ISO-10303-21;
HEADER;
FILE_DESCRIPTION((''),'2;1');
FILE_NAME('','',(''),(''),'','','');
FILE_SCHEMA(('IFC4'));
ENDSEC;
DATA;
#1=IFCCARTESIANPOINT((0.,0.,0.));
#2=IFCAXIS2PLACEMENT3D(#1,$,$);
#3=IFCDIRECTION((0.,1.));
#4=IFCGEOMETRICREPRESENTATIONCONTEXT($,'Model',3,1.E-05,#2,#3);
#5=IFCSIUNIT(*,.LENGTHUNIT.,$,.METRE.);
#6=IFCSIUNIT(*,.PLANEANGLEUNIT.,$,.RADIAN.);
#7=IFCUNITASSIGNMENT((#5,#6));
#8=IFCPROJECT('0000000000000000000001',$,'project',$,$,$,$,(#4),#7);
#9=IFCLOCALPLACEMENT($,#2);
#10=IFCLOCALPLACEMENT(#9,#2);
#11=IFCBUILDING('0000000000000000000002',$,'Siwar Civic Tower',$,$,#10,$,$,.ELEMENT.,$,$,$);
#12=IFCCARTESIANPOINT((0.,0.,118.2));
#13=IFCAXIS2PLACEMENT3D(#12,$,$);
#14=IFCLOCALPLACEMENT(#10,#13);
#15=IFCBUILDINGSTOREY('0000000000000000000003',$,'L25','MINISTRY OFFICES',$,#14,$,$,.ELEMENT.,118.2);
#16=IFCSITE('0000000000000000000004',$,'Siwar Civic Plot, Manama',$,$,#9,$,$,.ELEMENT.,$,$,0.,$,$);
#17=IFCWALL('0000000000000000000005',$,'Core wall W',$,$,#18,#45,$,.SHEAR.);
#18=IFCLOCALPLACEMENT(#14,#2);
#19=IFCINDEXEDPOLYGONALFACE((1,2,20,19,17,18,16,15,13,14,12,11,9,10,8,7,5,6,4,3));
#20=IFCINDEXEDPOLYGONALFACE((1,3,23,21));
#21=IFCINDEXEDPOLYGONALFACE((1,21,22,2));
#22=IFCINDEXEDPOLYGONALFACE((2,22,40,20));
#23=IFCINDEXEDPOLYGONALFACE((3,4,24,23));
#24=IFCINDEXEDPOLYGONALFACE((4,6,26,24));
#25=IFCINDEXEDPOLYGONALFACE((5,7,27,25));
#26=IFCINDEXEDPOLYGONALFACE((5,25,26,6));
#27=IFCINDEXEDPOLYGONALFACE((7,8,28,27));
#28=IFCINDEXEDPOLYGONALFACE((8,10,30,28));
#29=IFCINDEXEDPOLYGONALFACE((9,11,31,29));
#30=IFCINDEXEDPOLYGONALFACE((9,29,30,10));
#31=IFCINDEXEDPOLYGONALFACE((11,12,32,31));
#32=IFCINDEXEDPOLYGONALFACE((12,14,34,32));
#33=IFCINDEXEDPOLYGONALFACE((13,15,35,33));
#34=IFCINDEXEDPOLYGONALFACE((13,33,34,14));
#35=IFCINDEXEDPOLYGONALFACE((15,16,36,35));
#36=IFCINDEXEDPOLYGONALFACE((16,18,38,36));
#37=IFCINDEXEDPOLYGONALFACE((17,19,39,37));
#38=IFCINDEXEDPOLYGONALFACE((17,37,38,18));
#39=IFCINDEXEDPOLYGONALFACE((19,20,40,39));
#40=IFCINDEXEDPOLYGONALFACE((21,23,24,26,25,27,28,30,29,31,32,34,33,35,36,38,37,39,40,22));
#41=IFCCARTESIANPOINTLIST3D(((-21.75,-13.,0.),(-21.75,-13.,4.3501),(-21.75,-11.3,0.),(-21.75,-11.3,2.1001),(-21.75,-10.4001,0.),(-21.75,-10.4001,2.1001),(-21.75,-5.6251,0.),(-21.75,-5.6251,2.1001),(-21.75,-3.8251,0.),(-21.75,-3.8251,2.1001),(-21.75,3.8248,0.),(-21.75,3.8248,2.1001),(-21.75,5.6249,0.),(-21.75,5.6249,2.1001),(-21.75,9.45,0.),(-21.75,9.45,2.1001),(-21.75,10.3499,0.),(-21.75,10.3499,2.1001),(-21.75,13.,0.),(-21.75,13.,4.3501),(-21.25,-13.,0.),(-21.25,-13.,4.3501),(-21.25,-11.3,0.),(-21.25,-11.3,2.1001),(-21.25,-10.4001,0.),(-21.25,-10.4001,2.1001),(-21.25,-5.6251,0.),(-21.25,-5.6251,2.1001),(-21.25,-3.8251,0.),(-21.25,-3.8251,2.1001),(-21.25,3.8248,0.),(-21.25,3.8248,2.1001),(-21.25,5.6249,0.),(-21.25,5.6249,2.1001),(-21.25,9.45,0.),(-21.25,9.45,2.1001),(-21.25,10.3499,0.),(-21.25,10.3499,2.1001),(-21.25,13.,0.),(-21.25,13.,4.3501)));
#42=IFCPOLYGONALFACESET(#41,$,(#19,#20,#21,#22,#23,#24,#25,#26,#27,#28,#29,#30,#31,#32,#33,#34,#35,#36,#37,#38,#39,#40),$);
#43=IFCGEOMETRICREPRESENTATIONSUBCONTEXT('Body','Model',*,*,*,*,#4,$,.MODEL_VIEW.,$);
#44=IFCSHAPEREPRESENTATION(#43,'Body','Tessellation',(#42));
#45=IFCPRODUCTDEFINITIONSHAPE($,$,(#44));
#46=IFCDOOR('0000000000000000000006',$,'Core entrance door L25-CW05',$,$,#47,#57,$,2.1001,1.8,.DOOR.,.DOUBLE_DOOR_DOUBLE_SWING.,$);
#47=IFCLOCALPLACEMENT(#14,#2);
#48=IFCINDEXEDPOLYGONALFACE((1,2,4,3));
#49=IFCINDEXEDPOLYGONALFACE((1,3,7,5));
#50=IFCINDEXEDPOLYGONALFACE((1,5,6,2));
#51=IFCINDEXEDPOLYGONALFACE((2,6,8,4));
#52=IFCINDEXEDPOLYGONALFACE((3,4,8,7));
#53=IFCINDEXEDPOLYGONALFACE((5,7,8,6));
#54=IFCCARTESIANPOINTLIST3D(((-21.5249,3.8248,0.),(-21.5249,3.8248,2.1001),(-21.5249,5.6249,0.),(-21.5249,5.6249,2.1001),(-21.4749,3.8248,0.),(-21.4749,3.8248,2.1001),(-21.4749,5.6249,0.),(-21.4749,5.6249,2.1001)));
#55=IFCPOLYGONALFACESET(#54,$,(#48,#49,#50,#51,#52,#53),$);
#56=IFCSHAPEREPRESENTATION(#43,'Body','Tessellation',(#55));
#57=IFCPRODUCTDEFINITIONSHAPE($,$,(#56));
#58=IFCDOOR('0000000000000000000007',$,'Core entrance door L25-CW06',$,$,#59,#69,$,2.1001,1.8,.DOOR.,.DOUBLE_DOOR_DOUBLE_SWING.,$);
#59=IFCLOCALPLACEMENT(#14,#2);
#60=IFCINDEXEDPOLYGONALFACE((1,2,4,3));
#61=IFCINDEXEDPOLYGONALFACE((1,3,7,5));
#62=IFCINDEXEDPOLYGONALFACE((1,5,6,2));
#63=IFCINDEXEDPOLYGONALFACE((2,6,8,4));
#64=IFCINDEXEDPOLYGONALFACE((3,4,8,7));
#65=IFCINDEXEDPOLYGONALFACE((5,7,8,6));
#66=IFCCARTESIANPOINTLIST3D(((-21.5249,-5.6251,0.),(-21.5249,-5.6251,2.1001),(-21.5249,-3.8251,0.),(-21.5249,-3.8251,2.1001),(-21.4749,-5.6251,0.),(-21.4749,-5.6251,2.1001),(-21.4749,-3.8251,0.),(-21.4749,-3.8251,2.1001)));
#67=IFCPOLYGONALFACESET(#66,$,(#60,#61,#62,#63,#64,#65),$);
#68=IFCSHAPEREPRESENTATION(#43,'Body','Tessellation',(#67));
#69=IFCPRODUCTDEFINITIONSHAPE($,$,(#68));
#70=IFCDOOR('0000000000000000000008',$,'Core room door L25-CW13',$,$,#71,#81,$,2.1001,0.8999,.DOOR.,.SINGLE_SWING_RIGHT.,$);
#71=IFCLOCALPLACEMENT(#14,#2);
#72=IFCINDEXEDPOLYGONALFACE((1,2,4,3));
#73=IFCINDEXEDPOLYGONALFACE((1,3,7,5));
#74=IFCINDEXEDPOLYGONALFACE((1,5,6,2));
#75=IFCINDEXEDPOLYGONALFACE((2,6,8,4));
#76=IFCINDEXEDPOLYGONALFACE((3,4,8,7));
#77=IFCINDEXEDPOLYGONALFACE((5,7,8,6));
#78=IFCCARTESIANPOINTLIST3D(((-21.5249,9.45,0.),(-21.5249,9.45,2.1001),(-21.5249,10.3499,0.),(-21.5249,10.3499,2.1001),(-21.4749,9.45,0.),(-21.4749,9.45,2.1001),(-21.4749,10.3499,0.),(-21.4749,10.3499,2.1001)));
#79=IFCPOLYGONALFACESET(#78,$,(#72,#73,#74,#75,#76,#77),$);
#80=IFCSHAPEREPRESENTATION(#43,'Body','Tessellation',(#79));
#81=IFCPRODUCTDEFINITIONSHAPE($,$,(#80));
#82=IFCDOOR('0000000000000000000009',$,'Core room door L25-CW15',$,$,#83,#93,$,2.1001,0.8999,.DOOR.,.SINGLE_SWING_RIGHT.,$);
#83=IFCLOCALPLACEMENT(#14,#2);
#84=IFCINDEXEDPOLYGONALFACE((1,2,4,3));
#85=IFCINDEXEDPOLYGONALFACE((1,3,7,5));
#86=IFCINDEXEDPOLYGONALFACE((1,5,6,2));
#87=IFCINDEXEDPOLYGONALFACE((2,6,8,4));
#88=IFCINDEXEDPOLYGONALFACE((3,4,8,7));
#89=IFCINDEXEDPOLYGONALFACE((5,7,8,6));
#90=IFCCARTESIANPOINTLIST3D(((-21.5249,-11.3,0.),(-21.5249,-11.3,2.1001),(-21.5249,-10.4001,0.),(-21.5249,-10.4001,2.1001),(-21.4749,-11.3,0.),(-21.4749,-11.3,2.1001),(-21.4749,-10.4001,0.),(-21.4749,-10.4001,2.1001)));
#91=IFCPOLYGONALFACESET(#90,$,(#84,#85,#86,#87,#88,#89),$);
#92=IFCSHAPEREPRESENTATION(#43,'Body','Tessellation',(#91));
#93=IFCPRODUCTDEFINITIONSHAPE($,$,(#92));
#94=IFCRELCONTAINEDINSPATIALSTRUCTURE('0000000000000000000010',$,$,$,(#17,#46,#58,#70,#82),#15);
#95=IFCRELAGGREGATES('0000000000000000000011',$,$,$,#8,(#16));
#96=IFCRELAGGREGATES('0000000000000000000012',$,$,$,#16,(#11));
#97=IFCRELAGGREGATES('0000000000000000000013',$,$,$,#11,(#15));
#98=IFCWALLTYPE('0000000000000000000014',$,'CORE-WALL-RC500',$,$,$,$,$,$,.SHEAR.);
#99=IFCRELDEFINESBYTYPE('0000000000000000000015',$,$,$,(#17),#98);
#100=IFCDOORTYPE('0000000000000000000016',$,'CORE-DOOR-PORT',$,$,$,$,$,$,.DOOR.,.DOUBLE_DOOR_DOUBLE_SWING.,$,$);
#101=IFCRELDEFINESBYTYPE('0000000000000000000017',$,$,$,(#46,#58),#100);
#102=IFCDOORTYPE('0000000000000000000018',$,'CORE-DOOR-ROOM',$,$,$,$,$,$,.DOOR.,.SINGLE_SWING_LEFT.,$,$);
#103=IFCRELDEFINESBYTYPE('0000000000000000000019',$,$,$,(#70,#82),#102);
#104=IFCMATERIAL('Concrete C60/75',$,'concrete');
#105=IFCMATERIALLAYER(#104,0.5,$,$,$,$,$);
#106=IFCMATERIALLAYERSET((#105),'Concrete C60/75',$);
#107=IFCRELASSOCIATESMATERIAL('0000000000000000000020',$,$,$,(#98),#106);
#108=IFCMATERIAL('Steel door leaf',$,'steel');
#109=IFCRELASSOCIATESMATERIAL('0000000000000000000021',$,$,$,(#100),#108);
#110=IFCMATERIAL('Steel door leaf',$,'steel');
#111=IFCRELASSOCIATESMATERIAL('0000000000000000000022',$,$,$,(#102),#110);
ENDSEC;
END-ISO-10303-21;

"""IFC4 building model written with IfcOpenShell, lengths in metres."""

from ifc_helpers import new_model, si_unit, direction, frame, frame_2d, origin, place, context, subcontext, project, spatial, rectangle, extrude, material, layer, layer_set, type_object, element, fill, save


model = new_model("IFC4")

# Units and contexts
model_context = context("Model", 3, precision=1e-05, world=origin(), true_north=direction((0.0, 1.0)))
body_context = subcontext(model_context, "Body", "Model", "MODEL_VIEW")
ifc_project = project(units=[si_unit("LENGTHUNIT", "METRE"), si_unit("PLANEANGLEUNIT", "RADIAN")], contexts=[model_context])

# Site, building, storey
site_placement = place(None, origin())
site = spatial("IfcSite", under=ifc_project, at=site_placement, Name="Siwar Civic Plot, Manama", CompositionType="ELEMENT", RefElevation=0.0)
building_placement = place(site_placement, origin())
building = spatial("IfcBuilding", under=site, at=building_placement, Name="Siwar Civic Tower", CompositionType="ELEMENT")
storey_placement = place(building_placement, frame((0.0, 0.0, 118.2)))
storey = spatial("IfcBuildingStorey", under=building, at=storey_placement, Name="L25", Description="MINISTRY OFFICES", CompositionType="ELEMENT", Elevation=118.2)

# Wall, openings, doors
ifc_material_1 = material(Name="Concrete C60/75", Category="concrete")
ifc_layer_1 = layer(ifc_material_1, 0.5)
ifc_layer_set_1 = layer_set([ifc_layer_1], Name="Concrete C60/75")
wall_type_1 = type_object("IfcWallType", Name="CORE-WALL-RC500", PredefinedType="SHEAR", material=ifc_layer_set_1)
wall_1_placement = place(storey_placement, frame((-21.5, -13.0, 0.0), z_axis=(0.0, 0.0, 1.0), x_axis=(0.0, 1.0, 0.0)))
wall_1 = element("IfcWall", 1, at=wall_1_placement, inside=storey, type_object=wall_type_1, Name="Core wall W", PredefinedType="SHEAR", context=body_context, shape_type="SweptSolid", body=[
    extrude(rectangle(XDim=26.0, YDim=0.5, at=frame_2d((13.0, 0.0))), origin(), (0.0, 0.0, 1.0), 4.3501),
])
opening_1_placement = place(wall_1_placement, frame((16.825, 0.0, 0.0)))
opening_1 = element("IfcOpeningElement", 2, at=opening_1_placement, cuts=wall_1, PredefinedType="OPENING", context=body_context, shape_type="SweptSolid", body=[
    extrude(rectangle(XDim=1.8, YDim=2.1001, at=frame_2d((0.8999, 1.05))), frame((0.0, 0.26, 0.0), z_axis=(0.0, -1.0, 0.0), x_axis=(1.0, 0.0, 0.0)), (0.0, 0.0, 1.0), 0.52),
])
opening_2_placement = place(wall_1_placement, frame((7.375, 0.0, 0.0)))
opening_2 = element("IfcOpeningElement", 3, at=opening_2_placement, cuts=wall_1, PredefinedType="OPENING", context=body_context, shape_type="SweptSolid", body=[
    extrude(rectangle(XDim=1.8, YDim=2.1001, at=frame_2d((0.8999, 1.05))), frame((0.0, 0.26, 0.0), z_axis=(0.0, -1.0, 0.0), x_axis=(1.0, 0.0, 0.0)), (0.0, 0.0, 1.0), 0.52),
])
opening_3_placement = place(wall_1_placement, frame((22.45, 0.0, 0.0)))
opening_3 = element("IfcOpeningElement", 4, at=opening_3_placement, cuts=wall_1, PredefinedType="OPENING", context=body_context, shape_type="SweptSolid", body=[
    extrude(rectangle(XDim=0.8999, YDim=2.1001, at=frame_2d((0.45, 1.05))), frame((0.0, 0.26, 0.0), z_axis=(0.0, -1.0, 0.0), x_axis=(1.0, 0.0, 0.0)), (0.0, 0.0, 1.0), 0.52),
])
opening_4_placement = place(wall_1_placement, frame((1.7, 0.0, 0.0)))
opening_4 = element("IfcOpeningElement", 5, at=opening_4_placement, cuts=wall_1, PredefinedType="OPENING", context=body_context, shape_type="SweptSolid", body=[
    extrude(rectangle(XDim=0.8999, YDim=2.1001, at=frame_2d((0.45, 1.05))), frame((0.0, 0.26, 0.0), z_axis=(0.0, -1.0, 0.0), x_axis=(1.0, 0.0, 0.0)), (0.0, 0.0, 1.0), 0.52),
])
ifc_material_2 = material(Name="Steel door leaf", Category="steel")
door_type_1 = type_object("IfcDoorType", Name="CORE-DOOR-PORT", OperationType="DOUBLE_DOOR_DOUBLE_SWING", PredefinedType="DOOR", material=ifc_material_2)
door_1_placement = place(opening_1_placement, origin())
door_1 = element("IfcDoor", 6, at=door_1_placement, inside=storey, type_object=door_type_1, Name="Core entrance door L25-CW05", OperationType="DOUBLE_DOOR_DOUBLE_SWING", OverallHeight=2.1001, OverallWidth=1.8, PredefinedType="DOOR", context=body_context, shape_type="SweptSolid", body=[
    extrude(rectangle(XDim=1.8, YDim=2.1001, at=frame_2d((0.8999, 1.05))), frame((0.0, 0.0249, 0.0), z_axis=(0.0, -1.0, 0.0), x_axis=(1.0, 0.0, 0.0)), (0.0, 0.0, 1.0), 0.05),
])
fill(opening_1, door_1)
door_2_placement = place(opening_2_placement, origin())
door_2 = element("IfcDoor", 7, at=door_2_placement, inside=storey, type_object=door_type_1, Name="Core entrance door L25-CW06", OperationType="DOUBLE_DOOR_DOUBLE_SWING", OverallHeight=2.1001, OverallWidth=1.8, PredefinedType="DOOR", context=body_context, shape_type="SweptSolid", body=[
    extrude(rectangle(XDim=1.8, YDim=2.1001, at=frame_2d((0.8999, 1.05))), frame((0.0, 0.0249, 0.0), z_axis=(0.0, -1.0, 0.0), x_axis=(1.0, 0.0, 0.0)), (0.0, 0.0, 1.0), 0.05),
])
fill(opening_2, door_2)
ifc_material_3 = material(Name="Steel door leaf", Category="steel")
door_type_2 = type_object("IfcDoorType", Name="CORE-DOOR-ROOM", OperationType="SINGLE_SWING_LEFT", PredefinedType="DOOR", material=ifc_material_3)
door_3_placement = place(opening_3_placement, origin())
door_3 = element("IfcDoor", 8, at=door_3_placement, inside=storey, type_object=door_type_2, Name="Core room door L25-CW13", OperationType="SINGLE_SWING_RIGHT", OverallHeight=2.1001, OverallWidth=0.8999, PredefinedType="DOOR", context=body_context, shape_type="SweptSolid", body=[
    extrude(rectangle(XDim=0.8999, YDim=2.1001, at=frame_2d((0.45, 1.05))), frame((0.0, 0.0249, 0.0), z_axis=(0.0, -1.0, 0.0), x_axis=(1.0, 0.0, 0.0)), (0.0, 0.0, 1.0), 0.05),
])
fill(opening_3, door_3)
door_4_placement = place(opening_4_placement, origin())
door_4 = element("IfcDoor", 9, at=door_4_placement, inside=storey, type_object=door_type_2, Name="Core room door L25-CW15", OperationType="SINGLE_SWING_RIGHT", OverallHeight=2.1001, OverallWidth=0.8999, PredefinedType="DOOR", context=body_context, shape_type="SweptSolid", body=[
    extrude(rectangle(XDim=0.8999, YDim=2.1001, at=frame_2d((0.45, 1.05))), frame((0.0, 0.0249, 0.0), z_axis=(0.0, -1.0, 0.0), x_axis=(1.0, 0.0, 0.0)), (0.0, 0.0, 1.0), 0.05),
])
fill(opening_4, door_4)

save(model, "model.ifc")
